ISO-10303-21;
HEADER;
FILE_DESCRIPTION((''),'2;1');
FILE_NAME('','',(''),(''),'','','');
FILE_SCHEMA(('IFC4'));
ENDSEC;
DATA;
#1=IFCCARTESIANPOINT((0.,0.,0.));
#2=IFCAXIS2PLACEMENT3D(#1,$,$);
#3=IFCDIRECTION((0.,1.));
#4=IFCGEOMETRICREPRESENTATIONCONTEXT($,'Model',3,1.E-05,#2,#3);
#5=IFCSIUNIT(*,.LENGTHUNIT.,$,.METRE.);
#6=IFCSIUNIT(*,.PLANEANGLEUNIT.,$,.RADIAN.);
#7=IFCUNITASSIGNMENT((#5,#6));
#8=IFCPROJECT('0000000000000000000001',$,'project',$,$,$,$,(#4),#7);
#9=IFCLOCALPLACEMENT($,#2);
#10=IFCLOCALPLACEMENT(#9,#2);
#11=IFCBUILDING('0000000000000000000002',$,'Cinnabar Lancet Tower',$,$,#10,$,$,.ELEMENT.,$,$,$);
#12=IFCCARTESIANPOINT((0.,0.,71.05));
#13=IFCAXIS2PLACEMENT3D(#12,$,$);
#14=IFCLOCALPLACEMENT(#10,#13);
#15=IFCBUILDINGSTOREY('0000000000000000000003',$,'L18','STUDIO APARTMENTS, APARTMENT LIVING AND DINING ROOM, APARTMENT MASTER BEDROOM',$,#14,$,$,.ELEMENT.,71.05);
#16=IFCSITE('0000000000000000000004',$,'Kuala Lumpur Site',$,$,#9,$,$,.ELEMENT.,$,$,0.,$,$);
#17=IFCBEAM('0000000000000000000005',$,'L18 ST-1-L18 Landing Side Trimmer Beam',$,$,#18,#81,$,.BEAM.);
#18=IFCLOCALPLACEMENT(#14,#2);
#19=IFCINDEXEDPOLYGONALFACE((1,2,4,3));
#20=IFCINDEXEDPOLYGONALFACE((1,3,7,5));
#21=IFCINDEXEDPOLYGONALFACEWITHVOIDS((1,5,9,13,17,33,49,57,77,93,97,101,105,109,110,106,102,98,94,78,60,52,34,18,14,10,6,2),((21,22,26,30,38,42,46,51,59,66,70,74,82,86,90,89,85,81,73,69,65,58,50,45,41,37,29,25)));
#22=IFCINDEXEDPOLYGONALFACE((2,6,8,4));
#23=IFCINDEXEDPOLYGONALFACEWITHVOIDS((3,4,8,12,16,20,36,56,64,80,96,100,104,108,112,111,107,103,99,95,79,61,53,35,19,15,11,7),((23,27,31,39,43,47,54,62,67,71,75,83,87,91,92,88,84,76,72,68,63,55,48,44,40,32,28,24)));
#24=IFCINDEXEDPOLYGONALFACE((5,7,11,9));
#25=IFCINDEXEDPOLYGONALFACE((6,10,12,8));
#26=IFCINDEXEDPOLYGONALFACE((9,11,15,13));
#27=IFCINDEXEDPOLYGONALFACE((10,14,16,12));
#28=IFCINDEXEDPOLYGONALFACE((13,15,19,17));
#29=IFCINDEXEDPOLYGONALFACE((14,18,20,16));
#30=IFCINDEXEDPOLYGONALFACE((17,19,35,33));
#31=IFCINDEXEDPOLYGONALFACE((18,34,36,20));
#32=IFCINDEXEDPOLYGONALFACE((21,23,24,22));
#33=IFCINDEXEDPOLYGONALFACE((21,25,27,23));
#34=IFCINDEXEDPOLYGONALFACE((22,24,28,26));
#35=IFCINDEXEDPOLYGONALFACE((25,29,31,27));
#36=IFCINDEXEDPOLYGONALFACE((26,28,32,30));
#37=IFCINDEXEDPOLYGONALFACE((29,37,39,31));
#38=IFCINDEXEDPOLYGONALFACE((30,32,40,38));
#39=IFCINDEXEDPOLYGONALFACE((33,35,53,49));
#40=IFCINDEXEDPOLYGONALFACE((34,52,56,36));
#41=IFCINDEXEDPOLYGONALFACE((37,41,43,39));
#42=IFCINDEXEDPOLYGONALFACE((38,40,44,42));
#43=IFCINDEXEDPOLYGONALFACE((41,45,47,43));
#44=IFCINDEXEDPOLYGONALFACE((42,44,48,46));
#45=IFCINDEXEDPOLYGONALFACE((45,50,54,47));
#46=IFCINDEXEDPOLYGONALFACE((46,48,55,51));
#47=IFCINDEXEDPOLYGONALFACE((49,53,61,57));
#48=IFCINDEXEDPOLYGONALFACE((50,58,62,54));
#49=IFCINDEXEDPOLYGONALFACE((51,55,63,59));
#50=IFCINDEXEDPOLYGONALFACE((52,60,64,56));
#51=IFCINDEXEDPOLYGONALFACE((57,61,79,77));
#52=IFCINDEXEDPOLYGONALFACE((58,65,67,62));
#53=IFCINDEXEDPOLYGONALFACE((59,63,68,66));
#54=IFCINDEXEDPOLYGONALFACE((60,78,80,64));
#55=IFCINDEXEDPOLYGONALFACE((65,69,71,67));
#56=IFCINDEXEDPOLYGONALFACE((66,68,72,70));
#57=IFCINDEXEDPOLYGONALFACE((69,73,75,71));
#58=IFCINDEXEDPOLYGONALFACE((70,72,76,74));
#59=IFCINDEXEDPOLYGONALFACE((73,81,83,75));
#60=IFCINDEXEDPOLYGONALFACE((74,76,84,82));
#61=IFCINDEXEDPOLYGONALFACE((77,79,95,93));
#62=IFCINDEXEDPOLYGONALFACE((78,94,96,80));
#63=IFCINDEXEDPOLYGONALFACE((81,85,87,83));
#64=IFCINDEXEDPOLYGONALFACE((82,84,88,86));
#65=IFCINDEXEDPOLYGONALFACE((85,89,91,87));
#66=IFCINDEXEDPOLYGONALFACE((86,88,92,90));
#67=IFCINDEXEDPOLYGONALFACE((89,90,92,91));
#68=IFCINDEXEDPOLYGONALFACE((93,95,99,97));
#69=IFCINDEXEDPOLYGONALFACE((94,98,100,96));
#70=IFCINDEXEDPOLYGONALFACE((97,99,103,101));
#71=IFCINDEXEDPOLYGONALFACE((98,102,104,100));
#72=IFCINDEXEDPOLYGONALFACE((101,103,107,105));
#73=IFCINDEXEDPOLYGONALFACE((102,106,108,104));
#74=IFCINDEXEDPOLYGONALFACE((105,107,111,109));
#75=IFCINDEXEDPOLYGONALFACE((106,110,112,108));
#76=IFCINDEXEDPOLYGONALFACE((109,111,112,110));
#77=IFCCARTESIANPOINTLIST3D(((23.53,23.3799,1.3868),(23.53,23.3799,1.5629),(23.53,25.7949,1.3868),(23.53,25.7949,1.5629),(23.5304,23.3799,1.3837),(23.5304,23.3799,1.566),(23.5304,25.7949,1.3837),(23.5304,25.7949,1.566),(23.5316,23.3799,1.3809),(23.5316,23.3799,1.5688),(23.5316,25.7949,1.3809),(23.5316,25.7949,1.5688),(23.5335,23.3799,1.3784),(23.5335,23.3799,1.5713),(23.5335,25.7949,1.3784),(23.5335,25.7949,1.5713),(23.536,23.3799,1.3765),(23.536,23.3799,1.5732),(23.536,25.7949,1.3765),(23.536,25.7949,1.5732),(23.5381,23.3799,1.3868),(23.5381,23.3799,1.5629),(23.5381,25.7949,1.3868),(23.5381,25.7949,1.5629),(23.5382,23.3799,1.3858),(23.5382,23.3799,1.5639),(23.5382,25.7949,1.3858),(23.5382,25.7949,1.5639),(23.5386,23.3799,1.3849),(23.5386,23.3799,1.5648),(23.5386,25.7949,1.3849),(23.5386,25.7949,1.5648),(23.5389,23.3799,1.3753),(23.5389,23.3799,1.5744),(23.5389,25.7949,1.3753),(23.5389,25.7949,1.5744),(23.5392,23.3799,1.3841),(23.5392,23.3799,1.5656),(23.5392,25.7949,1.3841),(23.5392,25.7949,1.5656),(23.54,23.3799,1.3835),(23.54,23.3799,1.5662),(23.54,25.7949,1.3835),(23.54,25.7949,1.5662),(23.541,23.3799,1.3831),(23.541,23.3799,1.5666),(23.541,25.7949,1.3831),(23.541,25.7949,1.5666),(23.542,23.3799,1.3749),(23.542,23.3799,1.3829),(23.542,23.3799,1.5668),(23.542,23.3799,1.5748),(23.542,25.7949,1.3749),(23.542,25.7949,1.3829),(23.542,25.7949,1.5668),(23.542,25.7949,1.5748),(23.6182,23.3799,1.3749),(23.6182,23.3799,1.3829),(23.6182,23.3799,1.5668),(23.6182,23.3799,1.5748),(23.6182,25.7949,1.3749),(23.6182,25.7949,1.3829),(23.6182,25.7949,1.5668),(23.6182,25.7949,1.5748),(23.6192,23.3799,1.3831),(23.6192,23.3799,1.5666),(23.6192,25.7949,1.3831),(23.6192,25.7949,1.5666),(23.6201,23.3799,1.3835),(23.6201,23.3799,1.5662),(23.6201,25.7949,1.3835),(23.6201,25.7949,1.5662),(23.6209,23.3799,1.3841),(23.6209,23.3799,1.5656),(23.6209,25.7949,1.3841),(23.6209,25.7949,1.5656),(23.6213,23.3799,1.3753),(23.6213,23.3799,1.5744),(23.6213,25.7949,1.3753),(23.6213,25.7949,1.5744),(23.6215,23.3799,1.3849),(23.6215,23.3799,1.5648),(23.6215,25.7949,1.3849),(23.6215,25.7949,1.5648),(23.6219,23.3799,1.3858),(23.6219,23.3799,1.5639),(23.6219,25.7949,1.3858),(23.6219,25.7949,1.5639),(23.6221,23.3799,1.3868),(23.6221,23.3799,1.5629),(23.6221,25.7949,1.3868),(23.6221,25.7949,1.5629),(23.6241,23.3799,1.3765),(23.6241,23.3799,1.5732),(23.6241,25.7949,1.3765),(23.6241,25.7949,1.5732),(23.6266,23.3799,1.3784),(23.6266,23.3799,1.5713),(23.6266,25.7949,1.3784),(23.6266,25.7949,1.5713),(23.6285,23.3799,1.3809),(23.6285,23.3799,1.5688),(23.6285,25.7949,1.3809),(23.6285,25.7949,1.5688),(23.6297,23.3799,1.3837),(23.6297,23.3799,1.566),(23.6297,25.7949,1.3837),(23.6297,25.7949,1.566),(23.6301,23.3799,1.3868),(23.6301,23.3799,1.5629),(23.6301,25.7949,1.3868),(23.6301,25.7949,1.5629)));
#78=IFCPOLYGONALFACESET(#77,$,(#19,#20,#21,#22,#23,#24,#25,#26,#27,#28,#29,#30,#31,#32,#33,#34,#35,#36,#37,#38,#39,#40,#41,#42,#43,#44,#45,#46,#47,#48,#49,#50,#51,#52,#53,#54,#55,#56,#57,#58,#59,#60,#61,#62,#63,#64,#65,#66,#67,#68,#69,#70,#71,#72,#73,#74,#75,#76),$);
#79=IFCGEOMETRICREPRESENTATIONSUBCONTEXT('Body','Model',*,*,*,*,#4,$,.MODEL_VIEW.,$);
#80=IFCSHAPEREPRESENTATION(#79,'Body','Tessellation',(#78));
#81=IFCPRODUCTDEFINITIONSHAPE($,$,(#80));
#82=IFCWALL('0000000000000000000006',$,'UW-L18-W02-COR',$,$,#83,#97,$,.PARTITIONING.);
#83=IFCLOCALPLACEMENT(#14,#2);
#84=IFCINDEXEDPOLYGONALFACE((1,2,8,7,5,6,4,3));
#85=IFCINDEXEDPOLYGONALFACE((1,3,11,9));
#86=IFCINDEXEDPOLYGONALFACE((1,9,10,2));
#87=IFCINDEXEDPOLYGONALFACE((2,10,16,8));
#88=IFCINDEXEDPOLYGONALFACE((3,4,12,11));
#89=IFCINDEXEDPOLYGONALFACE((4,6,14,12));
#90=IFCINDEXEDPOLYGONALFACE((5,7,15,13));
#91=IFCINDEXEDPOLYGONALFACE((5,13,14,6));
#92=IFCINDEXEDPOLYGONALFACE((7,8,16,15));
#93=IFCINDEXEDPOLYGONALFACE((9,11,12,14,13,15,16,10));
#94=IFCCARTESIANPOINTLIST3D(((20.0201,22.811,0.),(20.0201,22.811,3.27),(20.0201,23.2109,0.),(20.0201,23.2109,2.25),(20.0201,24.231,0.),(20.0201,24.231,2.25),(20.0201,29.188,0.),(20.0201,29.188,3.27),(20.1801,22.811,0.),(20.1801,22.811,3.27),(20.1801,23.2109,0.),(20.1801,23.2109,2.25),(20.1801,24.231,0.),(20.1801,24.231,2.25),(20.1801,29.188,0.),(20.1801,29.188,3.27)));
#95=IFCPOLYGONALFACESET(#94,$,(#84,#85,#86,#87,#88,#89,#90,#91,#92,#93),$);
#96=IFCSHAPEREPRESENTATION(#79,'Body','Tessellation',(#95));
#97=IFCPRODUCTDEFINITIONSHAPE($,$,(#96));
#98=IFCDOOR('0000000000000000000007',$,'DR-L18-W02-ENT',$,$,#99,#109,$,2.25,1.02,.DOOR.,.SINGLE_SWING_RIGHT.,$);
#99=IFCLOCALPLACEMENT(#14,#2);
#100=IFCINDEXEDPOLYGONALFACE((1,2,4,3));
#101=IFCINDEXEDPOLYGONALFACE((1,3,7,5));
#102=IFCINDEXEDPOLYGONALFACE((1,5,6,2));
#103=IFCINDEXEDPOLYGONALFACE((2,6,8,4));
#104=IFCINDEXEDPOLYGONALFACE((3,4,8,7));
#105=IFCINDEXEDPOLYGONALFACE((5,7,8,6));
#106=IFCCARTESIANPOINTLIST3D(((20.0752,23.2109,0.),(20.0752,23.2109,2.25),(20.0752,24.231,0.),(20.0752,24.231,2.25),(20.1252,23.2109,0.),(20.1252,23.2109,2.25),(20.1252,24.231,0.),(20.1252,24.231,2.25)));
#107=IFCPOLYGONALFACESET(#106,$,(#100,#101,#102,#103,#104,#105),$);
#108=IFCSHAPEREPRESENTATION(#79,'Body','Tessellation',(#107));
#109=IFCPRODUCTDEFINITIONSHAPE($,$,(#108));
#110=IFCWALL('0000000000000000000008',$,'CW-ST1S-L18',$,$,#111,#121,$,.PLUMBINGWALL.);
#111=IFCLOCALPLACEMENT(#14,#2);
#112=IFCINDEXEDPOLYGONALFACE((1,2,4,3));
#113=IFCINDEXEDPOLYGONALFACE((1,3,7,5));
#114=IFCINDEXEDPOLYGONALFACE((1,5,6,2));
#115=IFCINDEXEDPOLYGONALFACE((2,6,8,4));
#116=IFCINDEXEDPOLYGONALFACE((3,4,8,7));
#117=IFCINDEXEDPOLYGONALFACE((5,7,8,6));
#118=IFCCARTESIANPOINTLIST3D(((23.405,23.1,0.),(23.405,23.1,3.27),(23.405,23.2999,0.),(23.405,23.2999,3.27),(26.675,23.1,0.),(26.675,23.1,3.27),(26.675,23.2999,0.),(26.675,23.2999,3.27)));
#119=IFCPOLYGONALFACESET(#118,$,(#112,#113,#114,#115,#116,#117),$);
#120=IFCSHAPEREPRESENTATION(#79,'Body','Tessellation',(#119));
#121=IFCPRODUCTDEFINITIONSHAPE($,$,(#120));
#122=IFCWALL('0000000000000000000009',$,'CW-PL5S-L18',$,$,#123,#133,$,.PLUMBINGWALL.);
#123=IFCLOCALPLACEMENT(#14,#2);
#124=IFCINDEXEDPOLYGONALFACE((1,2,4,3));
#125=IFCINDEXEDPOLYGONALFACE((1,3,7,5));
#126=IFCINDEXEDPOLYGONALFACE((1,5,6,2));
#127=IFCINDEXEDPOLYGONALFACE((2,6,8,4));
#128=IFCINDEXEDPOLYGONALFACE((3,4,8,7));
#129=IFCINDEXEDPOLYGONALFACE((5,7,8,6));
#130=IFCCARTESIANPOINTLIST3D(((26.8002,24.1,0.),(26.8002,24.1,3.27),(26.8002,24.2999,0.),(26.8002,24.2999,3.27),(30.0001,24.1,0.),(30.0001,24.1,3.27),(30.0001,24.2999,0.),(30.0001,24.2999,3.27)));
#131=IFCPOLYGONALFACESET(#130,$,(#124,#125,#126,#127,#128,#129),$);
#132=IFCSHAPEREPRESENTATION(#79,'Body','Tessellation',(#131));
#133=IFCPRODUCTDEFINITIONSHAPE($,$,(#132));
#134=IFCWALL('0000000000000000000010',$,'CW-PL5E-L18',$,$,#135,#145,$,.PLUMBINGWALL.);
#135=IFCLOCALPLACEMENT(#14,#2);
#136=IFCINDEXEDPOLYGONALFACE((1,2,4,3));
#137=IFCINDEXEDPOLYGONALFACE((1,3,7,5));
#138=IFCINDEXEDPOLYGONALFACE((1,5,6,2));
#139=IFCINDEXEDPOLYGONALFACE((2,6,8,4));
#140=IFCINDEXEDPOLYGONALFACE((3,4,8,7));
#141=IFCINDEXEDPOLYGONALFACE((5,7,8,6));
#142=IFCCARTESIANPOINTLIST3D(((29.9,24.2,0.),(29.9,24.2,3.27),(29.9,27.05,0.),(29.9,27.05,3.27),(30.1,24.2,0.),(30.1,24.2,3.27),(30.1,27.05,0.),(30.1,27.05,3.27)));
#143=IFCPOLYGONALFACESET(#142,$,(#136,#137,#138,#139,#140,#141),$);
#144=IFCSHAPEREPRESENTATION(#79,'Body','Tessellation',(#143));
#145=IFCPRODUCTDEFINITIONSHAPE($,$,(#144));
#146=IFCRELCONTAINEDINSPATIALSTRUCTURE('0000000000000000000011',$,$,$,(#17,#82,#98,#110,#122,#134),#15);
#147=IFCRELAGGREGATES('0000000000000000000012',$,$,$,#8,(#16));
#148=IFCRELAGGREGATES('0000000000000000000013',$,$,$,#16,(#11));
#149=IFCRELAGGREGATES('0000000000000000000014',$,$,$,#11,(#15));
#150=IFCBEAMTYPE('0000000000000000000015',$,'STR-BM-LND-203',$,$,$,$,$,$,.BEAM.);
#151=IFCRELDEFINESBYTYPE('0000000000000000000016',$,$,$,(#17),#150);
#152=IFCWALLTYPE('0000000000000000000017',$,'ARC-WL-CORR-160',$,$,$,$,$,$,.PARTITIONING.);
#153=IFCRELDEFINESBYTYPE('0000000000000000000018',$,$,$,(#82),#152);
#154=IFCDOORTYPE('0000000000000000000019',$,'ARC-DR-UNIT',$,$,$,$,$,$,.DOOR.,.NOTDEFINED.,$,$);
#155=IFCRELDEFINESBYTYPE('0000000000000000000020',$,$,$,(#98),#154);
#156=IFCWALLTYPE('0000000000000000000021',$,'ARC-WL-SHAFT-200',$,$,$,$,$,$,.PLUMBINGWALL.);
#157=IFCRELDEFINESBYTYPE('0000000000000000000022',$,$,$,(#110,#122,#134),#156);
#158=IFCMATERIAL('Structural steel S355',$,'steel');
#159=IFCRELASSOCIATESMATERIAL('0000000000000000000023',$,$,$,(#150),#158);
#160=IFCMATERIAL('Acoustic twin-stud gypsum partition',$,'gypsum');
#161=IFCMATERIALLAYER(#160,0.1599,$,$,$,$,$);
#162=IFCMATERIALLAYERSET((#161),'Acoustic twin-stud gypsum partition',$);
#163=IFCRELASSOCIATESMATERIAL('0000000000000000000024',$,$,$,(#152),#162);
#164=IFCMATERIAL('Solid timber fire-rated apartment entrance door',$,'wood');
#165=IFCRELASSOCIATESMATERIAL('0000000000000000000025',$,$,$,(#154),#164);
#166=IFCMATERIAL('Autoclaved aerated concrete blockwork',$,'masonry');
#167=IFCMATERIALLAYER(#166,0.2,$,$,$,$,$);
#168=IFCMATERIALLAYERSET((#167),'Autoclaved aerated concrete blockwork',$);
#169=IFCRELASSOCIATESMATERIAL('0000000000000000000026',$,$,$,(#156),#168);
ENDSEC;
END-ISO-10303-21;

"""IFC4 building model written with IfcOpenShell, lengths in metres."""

from ifc_helpers import new_model, si_unit, direction, frame, frame_2d, origin, origin_2d, place, context, subcontext, project, spatial, rectangle, hollow_rectangle, extrude, material, layer, layer_set, material_profile, profile_set, type_object, element, fill, save


model = new_model("IFC4")

# Units and contexts
model_context = context("Model", 3, precision=1e-05, world=origin(), true_north=direction((0.0, 1.0)))
body_context = subcontext(model_context, "Body", "Model", "MODEL_VIEW")
ifc_project = project(units=[si_unit("LENGTHUNIT", "METRE"), si_unit("PLANEANGLEUNIT", "RADIAN")], contexts=[model_context])

# Site, building, storey
site_placement = place(None, origin())
site = spatial("IfcSite", under=ifc_project, at=site_placement, Name="Kuala Lumpur Site", CompositionType="ELEMENT", RefElevation=0.0)
building_placement = place(site_placement, origin())
building = spatial("IfcBuilding", under=site, at=building_placement, Name="Cinnabar Lancet Tower", CompositionType="ELEMENT")
storey_placement = place(building_placement, frame((0.0, 0.0, 71.05)))
storey = spatial("IfcBuildingStorey", under=building, at=storey_placement, Name="L18", Description="STUDIO APARTMENTS, APARTMENT LIVING AND DINING ROOM, APARTMENT MASTER BEDROOM", CompositionType="ELEMENT", Elevation=71.05)

# Beam
ifc_material_1 = material(Name="Structural steel S355", Category="steel")
ifc_material_profile = material_profile(ifc_material_1, hollow_rectangle(XDim=0.1001, YDim=0.2, WallThickness=0.0081, InnerFilletRadius=0.0039, OuterFilletRadius=0.012, at=origin_2d()), Name="RHS 200x100x8")
ifc_profile_set = profile_set([ifc_material_profile], Name="Structural steel S355")
beam_type = type_object("IfcBeamType", Name="STR-BM-LND-203", PredefinedType="BEAM", material=ifc_profile_set)
beam_placement = place(storey_placement, frame((23.5801, 23.3799, 1.4749), z_axis=(0.0, 1.0, 0.0), x_axis=(-1.0, 0.0, 0.0)))
element("IfcBeam", 1, at=beam_placement, inside=storey, type_object=beam_type, Name="L18 ST-1-L18 Landing Side Trimmer Beam", PredefinedType="BEAM", context=body_context, shape_type="SweptSolid", body=[
    extrude(hollow_rectangle(XDim=0.1001, YDim=0.2, WallThickness=0.0081, InnerFilletRadius=0.0039, OuterFilletRadius=0.012, at=origin_2d()), origin(), (0.0, 0.0, 1.0), 2.415),
])

# Wall, opening, door
ifc_material_2 = material(Name="Acoustic twin-stud gypsum partition", Category="gypsum")
ifc_layer_1 = layer(ifc_material_2, 0.1599)
ifc_layer_set_1 = layer_set([ifc_layer_1], Name="Acoustic twin-stud gypsum partition")
wall_type_1 = type_object("IfcWallType", Name="ARC-WL-CORR-160", PredefinedType="PARTITIONING", material=ifc_layer_set_1)
wall_1_placement = place(storey_placement, frame((20.1001, 22.811, 0.0), z_axis=(0.0, 0.0, 1.0), x_axis=(0.0, 1.0, 0.0)))
wall_1 = element("IfcWall", 2, at=wall_1_placement, inside=storey, type_object=wall_type_1, Name="UW-L18-W02-COR", PredefinedType="PARTITIONING", context=body_context, shape_type="SweptSolid", body=[
    extrude(rectangle(XDim=6.377, YDim=0.1599, at=frame_2d((3.1885, 0.0))), origin(), (0.0, 0.0, 1.0), 3.27),
])
opening_1_placement = place(wall_1_placement, frame((0.3999, 0.0, 0.0)))
opening_1 = element("IfcOpeningElement", 3, at=opening_1_placement, cuts=wall_1, PredefinedType="OPENING", context=body_context, shape_type="SweptSolid", body=[
    extrude(rectangle(XDim=1.02, YDim=2.25, at=frame_2d((0.51, 1.125))), frame((0.0, 0.0898, 0.0), z_axis=(0.0, -1.0, 0.0), x_axis=(1.0, 0.0, 0.0)), (0.0, 0.0, 1.0), 0.1799),
])
ifc_material_3 = material(Name="Solid timber fire-rated apartment entrance door", Category="wood")
door_type_1 = type_object("IfcDoorType", Name="ARC-DR-UNIT", OperationType="NOTDEFINED", PredefinedType="DOOR", material=ifc_material_3)
door_1_placement = place(opening_1_placement, origin())
door_1 = element("IfcDoor", 4, at=door_1_placement, inside=storey, type_object=door_type_1, Name="DR-L18-W02-ENT", OperationType="SINGLE_SWING_RIGHT", OverallHeight=2.25, OverallWidth=1.02, PredefinedType="DOOR", context=body_context, shape_type="SweptSolid", body=[
    extrude(rectangle(XDim=1.02, YDim=2.25, at=frame_2d((0.51, 1.125))), frame((0.0, 0.0249, 0.0), z_axis=(0.0, -1.0, 0.0), x_axis=(1.0, 0.0, 0.0)), (0.0, 0.0, 1.0), 0.05),
])
fill(opening_1, door_1)

# Walls
ifc_material_4 = material(Name="Autoclaved aerated concrete blockwork", Category="masonry")
ifc_layer_2 = layer(ifc_material_4, 0.2)
ifc_layer_set_2 = layer_set([ifc_layer_2], Name="Autoclaved aerated concrete blockwork")
wall_type_2 = type_object("IfcWallType", Name="ARC-WL-SHAFT-200", PredefinedType="PLUMBINGWALL", material=ifc_layer_set_2)
wall_2_placement = place(storey_placement, frame((23.405, 23.2, 0.0), z_axis=(0.0, 0.0, 1.0), x_axis=(1.0, 0.0, 0.0)))
element("IfcWall", 5, at=wall_2_placement, inside=storey, type_object=wall_type_2, Name="CW-ST1S-L18", PredefinedType="PLUMBINGWALL", context=body_context, shape_type="SweptSolid", body=[
    extrude(rectangle(XDim=3.27, YDim=0.2, at=frame_2d((1.635, 0.0))), origin(), (0.0, 0.0, 1.0), 3.27),
])
wall_3_placement = place(storey_placement, frame((26.8, 24.2, 0.0), z_axis=(0.0, 0.0, 1.0), x_axis=(1.0, 0.0, 0.0)))
element("IfcWall", 6, at=wall_3_placement, inside=storey, type_object=wall_type_2, Name="CW-PL5S-L18", PredefinedType="PLUMBINGWALL", context=body_context, shape_type="SweptSolid", body=[
    extrude(rectangle(XDim=3.2, YDim=0.2, at=frame_2d((1.6001, 0.0))), origin(), (0.0, 0.0, 1.0), 3.27),
])
wall_4_placement = place(storey_placement, frame((30.0, 24.2, 0.0), z_axis=(0.0, 0.0, 1.0), x_axis=(0.0, 1.0, 0.0)))
element("IfcWall", 7, at=wall_4_placement, inside=storey, type_object=wall_type_2, Name="CW-PL5E-L18", PredefinedType="PLUMBINGWALL", context=body_context, shape_type="SweptSolid", body=[
    extrude(rectangle(XDim=2.8501, YDim=0.2, at=frame_2d((1.425, 0.0))), origin(), (0.0, 0.0, 1.0), 3.27),
])

save(model, "model.ifc")
